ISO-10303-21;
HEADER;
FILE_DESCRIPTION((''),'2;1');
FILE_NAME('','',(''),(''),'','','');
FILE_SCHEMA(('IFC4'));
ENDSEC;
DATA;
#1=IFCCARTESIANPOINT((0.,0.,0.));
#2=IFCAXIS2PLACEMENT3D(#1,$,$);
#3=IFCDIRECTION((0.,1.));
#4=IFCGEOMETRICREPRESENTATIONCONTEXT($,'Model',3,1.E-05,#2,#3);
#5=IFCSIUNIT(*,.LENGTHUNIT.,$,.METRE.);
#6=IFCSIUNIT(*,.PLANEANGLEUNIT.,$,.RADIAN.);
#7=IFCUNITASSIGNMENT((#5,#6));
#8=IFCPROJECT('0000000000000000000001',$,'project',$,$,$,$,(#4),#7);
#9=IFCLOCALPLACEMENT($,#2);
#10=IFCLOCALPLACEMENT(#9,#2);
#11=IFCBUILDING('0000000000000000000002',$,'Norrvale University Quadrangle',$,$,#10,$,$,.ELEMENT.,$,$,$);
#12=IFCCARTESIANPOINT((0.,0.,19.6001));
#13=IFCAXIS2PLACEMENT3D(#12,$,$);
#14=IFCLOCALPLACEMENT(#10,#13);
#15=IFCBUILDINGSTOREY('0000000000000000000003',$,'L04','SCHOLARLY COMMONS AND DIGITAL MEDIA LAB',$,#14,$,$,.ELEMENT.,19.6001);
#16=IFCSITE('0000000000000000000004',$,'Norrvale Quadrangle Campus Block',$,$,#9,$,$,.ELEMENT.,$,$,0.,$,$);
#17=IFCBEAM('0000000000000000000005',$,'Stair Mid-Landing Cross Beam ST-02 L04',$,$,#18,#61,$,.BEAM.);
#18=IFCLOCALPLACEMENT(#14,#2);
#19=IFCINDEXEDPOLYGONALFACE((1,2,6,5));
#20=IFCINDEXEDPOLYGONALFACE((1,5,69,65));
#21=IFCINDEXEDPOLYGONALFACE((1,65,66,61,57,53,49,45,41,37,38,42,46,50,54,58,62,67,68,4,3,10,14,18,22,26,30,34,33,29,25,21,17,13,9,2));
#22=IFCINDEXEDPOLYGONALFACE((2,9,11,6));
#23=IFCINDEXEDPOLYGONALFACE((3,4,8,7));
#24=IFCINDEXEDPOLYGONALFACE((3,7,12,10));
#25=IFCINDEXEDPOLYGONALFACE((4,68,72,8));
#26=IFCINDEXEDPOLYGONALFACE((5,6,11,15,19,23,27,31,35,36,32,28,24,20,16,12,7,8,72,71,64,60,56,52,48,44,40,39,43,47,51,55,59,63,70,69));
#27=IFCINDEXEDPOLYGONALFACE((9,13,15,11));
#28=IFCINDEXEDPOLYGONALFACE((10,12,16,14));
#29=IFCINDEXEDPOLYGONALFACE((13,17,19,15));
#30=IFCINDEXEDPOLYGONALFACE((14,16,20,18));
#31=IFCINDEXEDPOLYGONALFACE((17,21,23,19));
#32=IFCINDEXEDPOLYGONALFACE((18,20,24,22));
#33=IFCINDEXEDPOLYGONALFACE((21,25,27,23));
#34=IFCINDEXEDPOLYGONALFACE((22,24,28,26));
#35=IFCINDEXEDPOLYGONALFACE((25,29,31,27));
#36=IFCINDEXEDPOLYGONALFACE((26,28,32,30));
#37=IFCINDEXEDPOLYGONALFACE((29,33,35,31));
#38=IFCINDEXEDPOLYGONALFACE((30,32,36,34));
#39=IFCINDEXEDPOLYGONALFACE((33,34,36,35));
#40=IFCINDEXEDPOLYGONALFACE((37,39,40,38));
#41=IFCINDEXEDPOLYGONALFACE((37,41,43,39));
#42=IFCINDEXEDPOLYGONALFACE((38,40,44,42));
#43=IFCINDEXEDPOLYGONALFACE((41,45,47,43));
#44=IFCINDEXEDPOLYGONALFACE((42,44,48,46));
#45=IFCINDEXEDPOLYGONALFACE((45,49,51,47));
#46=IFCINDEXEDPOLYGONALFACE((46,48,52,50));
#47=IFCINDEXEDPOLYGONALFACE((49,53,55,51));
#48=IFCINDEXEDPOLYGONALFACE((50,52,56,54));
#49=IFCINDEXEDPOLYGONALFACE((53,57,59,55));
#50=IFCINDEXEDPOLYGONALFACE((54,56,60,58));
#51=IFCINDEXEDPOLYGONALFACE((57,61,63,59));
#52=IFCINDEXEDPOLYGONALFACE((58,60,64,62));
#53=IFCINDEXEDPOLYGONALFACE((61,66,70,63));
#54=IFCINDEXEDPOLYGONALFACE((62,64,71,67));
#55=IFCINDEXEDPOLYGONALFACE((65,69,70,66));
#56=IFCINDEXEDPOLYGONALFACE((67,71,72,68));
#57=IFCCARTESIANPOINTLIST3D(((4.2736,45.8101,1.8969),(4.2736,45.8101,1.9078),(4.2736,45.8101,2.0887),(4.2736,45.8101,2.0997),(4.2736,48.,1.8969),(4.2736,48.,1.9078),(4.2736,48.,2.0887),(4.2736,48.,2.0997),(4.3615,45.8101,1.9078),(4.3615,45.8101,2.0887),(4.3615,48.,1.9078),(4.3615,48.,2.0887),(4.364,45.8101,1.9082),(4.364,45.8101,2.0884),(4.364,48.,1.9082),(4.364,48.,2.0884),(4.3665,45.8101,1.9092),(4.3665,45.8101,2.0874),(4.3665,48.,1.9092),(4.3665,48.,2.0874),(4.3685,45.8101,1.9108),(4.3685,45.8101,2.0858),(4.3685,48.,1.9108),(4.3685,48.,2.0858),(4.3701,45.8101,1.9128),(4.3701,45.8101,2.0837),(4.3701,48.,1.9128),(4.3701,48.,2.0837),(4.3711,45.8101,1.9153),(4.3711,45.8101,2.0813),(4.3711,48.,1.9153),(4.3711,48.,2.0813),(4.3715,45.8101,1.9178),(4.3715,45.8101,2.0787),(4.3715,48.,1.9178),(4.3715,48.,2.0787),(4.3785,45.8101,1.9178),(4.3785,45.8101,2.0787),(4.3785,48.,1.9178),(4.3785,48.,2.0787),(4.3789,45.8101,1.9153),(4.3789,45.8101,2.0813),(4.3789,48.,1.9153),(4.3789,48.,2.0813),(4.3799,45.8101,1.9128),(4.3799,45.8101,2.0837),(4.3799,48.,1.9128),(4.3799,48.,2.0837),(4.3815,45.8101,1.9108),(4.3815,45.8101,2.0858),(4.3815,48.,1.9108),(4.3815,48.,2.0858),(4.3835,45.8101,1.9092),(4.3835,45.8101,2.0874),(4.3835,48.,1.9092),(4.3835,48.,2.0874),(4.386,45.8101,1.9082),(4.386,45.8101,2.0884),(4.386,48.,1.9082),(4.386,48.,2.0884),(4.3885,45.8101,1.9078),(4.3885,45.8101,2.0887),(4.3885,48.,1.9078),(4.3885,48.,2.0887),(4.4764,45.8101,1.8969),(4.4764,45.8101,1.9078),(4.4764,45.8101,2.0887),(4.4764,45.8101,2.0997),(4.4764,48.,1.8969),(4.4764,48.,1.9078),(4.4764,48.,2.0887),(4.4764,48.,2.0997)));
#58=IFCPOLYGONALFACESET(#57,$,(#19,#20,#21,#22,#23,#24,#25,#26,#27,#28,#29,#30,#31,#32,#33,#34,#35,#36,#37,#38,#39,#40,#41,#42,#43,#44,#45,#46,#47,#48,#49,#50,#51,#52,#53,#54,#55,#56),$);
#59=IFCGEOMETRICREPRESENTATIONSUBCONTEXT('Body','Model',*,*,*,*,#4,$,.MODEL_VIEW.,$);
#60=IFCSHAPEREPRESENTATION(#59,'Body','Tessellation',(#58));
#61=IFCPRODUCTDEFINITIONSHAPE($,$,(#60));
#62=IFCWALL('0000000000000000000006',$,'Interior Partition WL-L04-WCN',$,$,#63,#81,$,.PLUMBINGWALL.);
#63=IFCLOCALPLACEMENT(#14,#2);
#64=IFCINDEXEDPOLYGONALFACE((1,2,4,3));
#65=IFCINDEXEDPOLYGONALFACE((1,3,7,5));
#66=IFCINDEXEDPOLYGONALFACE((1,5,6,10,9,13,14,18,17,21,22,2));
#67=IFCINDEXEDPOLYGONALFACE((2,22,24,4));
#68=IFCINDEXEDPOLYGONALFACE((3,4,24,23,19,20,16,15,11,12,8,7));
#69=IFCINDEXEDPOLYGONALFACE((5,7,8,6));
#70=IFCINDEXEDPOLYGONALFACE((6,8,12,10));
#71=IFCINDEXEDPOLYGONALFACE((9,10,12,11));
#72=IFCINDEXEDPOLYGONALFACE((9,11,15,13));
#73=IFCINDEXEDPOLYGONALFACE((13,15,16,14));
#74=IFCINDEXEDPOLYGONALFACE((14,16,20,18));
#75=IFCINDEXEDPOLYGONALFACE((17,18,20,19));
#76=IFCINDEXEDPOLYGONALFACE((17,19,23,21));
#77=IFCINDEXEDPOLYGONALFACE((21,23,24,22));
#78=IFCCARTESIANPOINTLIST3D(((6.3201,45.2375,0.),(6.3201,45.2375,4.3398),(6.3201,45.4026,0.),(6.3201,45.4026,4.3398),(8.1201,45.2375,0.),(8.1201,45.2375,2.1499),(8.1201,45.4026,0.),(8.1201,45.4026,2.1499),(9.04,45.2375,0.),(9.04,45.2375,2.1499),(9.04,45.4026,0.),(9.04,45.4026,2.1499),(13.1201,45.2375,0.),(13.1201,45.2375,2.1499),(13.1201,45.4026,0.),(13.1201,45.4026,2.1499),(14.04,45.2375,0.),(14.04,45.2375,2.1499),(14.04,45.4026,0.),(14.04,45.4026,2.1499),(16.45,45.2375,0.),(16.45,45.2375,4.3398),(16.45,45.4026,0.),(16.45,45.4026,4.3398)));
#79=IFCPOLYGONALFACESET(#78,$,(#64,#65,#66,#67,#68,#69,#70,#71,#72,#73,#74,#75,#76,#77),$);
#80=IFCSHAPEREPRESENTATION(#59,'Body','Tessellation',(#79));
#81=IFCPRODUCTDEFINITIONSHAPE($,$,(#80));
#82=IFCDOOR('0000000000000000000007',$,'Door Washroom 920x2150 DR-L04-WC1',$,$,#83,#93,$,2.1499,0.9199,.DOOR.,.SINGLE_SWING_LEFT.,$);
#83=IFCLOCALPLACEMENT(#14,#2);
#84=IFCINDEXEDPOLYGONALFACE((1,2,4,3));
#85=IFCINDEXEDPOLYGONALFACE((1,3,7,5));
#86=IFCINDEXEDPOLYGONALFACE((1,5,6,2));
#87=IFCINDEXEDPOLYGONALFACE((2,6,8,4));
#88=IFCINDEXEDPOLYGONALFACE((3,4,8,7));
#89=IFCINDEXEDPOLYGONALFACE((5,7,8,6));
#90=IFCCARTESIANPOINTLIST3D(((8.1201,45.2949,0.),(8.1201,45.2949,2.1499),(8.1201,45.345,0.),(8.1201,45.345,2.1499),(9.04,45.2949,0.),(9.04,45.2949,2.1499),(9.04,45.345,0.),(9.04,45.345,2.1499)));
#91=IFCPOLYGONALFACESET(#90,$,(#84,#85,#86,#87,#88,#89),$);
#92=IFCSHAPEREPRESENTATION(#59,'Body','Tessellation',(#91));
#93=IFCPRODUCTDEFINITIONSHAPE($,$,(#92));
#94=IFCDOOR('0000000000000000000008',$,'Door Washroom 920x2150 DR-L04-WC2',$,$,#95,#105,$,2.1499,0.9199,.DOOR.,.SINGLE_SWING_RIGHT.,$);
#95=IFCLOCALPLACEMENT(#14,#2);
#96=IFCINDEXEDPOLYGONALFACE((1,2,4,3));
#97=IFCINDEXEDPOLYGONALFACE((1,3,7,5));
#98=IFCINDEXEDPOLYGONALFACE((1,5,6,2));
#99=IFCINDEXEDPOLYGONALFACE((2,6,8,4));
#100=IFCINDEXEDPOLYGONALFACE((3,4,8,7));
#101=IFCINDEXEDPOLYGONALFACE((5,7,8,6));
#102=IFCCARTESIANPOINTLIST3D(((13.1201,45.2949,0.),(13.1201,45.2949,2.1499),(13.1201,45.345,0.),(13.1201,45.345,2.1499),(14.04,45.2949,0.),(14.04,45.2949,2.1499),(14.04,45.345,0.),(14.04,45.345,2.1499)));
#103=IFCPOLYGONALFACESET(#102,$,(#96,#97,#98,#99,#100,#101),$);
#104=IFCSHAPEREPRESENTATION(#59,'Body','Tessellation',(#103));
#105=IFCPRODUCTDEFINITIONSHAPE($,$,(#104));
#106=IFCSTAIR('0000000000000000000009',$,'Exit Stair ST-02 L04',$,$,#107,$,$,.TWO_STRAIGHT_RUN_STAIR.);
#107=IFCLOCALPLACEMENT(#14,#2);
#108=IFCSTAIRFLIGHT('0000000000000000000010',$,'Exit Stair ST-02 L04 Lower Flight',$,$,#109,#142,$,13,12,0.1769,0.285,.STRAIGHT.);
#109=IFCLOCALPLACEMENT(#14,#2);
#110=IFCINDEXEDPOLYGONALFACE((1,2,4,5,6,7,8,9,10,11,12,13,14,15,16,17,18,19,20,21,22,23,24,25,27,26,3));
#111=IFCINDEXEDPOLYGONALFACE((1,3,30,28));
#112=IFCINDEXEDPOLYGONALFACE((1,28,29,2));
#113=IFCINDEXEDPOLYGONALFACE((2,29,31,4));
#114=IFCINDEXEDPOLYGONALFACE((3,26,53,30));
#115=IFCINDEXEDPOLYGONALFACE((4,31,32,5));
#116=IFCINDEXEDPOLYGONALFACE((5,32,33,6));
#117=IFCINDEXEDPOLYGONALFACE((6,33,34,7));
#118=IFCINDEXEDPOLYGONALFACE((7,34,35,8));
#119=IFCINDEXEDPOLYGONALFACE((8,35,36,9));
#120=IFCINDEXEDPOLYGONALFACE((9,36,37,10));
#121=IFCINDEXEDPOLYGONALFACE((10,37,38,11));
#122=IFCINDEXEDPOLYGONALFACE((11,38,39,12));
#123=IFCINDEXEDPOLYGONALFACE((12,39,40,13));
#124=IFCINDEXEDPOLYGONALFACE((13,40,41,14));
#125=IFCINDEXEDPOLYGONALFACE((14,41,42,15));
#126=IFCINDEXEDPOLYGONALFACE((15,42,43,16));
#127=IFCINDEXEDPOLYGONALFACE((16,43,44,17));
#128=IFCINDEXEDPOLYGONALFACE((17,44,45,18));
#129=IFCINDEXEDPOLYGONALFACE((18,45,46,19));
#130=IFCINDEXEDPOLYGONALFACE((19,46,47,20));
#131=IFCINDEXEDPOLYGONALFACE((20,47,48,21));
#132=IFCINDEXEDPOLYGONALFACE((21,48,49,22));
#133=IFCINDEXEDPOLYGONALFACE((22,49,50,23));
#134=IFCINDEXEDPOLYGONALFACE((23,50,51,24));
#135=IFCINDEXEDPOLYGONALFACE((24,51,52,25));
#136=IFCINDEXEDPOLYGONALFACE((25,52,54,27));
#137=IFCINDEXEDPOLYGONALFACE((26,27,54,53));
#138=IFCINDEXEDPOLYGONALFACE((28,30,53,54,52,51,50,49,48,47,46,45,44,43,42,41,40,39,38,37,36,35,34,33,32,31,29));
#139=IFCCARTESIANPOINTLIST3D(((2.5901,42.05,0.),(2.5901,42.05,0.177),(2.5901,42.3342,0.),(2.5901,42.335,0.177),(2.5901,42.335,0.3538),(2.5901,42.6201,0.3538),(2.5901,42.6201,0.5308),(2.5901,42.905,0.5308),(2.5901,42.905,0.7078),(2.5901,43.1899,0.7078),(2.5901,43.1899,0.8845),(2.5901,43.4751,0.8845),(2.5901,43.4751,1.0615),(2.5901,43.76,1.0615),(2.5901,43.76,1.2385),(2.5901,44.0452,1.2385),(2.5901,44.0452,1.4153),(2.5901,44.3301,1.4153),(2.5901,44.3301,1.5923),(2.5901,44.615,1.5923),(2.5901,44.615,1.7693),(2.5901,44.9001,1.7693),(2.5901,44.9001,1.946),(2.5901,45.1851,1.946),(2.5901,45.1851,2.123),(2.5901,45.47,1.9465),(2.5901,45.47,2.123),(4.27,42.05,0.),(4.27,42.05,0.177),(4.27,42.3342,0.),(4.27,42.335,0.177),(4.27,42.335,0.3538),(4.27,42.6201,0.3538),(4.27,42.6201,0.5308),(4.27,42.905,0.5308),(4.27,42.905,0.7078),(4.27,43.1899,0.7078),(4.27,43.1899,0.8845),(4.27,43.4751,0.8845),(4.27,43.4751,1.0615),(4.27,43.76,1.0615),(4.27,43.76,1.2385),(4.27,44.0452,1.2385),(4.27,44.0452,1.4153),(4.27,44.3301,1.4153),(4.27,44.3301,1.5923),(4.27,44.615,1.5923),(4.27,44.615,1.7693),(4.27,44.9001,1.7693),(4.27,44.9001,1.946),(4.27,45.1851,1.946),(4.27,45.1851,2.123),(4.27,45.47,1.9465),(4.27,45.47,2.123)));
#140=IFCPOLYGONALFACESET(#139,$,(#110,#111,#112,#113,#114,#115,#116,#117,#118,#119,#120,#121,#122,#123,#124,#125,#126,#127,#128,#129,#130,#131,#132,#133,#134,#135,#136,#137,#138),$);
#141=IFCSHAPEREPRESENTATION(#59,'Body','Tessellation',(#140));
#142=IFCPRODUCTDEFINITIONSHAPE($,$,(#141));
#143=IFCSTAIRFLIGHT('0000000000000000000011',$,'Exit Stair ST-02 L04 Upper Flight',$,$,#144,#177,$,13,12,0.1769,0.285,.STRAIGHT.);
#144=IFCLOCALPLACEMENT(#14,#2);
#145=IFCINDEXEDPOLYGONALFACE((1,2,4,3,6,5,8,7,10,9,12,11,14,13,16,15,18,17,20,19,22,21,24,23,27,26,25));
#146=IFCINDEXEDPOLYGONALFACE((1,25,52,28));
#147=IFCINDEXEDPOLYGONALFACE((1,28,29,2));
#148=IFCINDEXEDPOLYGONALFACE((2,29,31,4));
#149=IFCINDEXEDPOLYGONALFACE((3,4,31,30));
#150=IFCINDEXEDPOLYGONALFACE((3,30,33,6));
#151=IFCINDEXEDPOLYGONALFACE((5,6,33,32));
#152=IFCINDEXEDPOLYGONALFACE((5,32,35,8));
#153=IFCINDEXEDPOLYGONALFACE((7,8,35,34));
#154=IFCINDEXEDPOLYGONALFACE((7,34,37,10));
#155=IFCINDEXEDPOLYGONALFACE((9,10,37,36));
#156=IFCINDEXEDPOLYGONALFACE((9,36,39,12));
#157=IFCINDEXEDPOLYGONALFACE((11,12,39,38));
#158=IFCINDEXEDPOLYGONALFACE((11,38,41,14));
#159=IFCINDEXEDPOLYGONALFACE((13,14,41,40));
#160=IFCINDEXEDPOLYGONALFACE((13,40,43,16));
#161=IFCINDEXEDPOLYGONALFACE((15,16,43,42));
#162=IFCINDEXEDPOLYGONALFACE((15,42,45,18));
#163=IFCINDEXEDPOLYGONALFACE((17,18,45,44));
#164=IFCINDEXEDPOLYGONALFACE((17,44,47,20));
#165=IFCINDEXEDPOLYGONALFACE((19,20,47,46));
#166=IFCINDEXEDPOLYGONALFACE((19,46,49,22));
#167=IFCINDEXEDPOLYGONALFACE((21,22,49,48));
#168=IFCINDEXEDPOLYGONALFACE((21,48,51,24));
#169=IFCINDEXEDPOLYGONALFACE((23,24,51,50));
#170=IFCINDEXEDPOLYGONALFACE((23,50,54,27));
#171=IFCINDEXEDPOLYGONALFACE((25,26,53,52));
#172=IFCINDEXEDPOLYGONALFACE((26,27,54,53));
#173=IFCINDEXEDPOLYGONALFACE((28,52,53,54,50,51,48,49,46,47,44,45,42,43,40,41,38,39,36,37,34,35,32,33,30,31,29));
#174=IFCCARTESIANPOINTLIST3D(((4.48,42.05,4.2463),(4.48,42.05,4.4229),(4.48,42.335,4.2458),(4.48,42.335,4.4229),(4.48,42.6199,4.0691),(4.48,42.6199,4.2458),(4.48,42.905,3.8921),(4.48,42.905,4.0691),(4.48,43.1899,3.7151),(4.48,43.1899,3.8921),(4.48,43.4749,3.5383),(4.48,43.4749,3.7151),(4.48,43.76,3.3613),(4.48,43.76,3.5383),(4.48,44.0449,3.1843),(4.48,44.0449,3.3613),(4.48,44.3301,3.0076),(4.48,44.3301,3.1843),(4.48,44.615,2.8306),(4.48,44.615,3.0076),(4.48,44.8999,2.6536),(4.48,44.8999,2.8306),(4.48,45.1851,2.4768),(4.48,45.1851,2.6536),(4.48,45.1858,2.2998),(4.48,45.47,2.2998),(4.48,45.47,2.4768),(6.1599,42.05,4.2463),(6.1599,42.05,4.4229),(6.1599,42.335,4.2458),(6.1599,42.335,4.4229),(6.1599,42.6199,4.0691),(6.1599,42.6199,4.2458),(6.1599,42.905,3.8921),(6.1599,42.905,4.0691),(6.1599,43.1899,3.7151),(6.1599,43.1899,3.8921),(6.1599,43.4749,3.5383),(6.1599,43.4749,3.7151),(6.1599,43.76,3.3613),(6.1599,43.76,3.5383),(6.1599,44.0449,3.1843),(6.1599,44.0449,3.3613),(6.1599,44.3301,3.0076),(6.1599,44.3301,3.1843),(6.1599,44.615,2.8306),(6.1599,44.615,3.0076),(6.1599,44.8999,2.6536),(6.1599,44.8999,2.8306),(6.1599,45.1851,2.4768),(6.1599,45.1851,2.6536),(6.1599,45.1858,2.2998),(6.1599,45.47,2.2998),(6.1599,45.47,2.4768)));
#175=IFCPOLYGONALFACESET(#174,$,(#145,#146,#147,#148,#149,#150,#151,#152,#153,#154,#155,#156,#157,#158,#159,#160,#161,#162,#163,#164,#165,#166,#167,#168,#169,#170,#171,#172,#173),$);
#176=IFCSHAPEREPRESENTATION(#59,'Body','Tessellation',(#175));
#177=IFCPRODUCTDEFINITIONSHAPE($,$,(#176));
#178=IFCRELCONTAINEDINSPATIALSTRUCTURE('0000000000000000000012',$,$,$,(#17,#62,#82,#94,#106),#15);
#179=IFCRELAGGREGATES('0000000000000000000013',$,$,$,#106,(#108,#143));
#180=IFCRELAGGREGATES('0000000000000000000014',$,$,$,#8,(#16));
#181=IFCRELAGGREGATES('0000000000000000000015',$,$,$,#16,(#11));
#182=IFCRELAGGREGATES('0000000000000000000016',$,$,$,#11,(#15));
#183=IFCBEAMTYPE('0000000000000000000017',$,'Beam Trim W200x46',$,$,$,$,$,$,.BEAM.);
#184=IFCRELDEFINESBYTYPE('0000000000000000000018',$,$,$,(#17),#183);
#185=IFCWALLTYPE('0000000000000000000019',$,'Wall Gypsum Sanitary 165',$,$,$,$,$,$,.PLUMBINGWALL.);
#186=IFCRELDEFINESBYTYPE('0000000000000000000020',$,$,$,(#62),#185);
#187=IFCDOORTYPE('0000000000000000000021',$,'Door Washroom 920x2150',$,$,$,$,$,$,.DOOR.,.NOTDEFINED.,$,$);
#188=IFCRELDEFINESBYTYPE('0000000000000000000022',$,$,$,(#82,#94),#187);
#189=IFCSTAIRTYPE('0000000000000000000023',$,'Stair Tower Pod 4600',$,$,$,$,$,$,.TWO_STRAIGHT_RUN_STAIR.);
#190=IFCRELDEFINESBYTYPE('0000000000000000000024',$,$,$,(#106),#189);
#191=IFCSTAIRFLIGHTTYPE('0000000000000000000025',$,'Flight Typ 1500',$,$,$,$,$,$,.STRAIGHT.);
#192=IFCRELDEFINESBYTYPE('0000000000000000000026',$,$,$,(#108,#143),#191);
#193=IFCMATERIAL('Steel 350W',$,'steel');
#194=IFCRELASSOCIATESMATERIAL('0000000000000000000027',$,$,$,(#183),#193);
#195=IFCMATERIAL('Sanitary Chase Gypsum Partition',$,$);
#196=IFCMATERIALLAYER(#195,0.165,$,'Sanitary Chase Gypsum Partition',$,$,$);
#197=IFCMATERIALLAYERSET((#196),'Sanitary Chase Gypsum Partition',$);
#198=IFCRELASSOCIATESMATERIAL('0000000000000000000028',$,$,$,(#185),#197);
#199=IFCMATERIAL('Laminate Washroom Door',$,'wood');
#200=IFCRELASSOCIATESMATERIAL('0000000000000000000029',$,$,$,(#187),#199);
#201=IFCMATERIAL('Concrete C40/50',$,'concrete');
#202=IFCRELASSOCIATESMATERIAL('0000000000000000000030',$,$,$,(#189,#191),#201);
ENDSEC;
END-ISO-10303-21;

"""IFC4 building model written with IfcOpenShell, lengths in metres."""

from ifc_helpers import new_model, si_unit, direction, frame, frame_2d, origin, origin_2d, place, context, subcontext, project, spatial, polyline, rectangle, i_section, outline, extrude, material, layer, layer_set, material_profile, profile_set, type_object, element, fill, aggregate, save


model = new_model("IFC4")

# Units and contexts
model_context = context("Model", 3, precision=1e-05, world=origin(), true_north=direction((0.0, 1.0)))
body_context = subcontext(model_context, "Body", "Model", "MODEL_VIEW")
ifc_project = project(units=[si_unit("LENGTHUNIT", "METRE"), si_unit("PLANEANGLEUNIT", "RADIAN")], contexts=[model_context])

# Site, building, storey
site_placement = place(None, origin())
site = spatial("IfcSite", under=ifc_project, at=site_placement, Name="Norrvale Quadrangle Campus Block", CompositionType="ELEMENT", RefElevation=0.0)
building_placement = place(site_placement, origin())
building = spatial("IfcBuilding", under=site, at=building_placement, Name="Norrvale University Quadrangle", CompositionType="ELEMENT")
storey_placement = place(building_placement, frame((0.0, 0.0, 19.6001)))
storey = spatial("IfcBuildingStorey", under=building, at=storey_placement, Name="L04", Description="SCHOLARLY COMMONS AND DIGITAL MEDIA LAB", CompositionType="ELEMENT", Elevation=19.6001)

# Beam
ifc_material_1 = material(Name="Steel 350W", Category="steel")
ifc_material_profile_1 = material_profile(ifc_material_1, i_section(OverallWidth=0.2029, OverallDepth=0.2029, WebThickness=0.0071, FlangeThickness=0.011, FilletRadius=0.01, at=origin_2d()), Name="Steel 350W")
ifc_profile_set_1 = profile_set([ifc_material_profile_1], Name="Steel 350W")
beam_type_1 = type_object("IfcBeamType", Name="Beam Trim W200x46", PredefinedType="BEAM", material=ifc_profile_set_1)
beam_1_placement = place(storey_placement, frame((4.375, 45.8101, 1.9983), z_axis=(0.0, 1.0, 0.0), x_axis=(-1.0, 0.0, 0.0)))
element("IfcBeam", 1, at=beam_1_placement, inside=storey, type_object=beam_type_1, Name="Stair Mid-Landing Cross Beam ST-02 L04", PredefinedType="BEAM", context=body_context, shape_type="SweptSolid", body=[
    extrude(i_section(OverallWidth=0.2029, OverallDepth=0.2029, WebThickness=0.0071, FlangeThickness=0.011, FilletRadius=0.01, at=origin_2d()), origin(), (0.0, 0.0, 1.0), 2.1899),
])

# Wall, openings, doors
ifc_material_2 = material(Name="Sanitary Chase Gypsum Partition")
ifc_layer_1 = layer(ifc_material_2, 0.165, Name="Sanitary Chase Gypsum Partition")
ifc_layer_set_1 = layer_set([ifc_layer_1], Name="Sanitary Chase Gypsum Partition")
wall_type = type_object("IfcWallType", Name="Wall Gypsum Sanitary 165", PredefinedType="PLUMBINGWALL", material=ifc_layer_set_1)
wall_placement = place(storey_placement, frame((6.3201, 45.3201, 0.0), z_axis=(0.0, 0.0, 1.0), x_axis=(1.0, 0.0, 0.0)))
wall = element("IfcWall", 2, at=wall_placement, inside=storey, type_object=wall_type, Name="Interior Partition WL-L04-WCN", PredefinedType="PLUMBINGWALL", context=body_context, shape_type="SweptSolid", body=[
    extrude(rectangle(XDim=10.1299, YDim=0.165, at=frame_2d((5.0649, 0.0))), origin(), (0.0, 0.0, 1.0), 4.3398),
])
opening_1_placement = place(wall_placement, frame((1.8, 0.0, 0.0)))
opening_1 = element("IfcOpeningElement", 3, at=opening_1_placement, cuts=wall, PredefinedType="OPENING", context=body_context, shape_type="SweptSolid", body=[
    extrude(rectangle(XDim=0.9199, YDim=2.1499, at=frame_2d((0.46, 1.075))), frame((0.0, 0.0945, 0.0), z_axis=(0.0, -1.0, 0.0), x_axis=(1.0, 0.0, 0.0)), (0.0, 0.0, 1.0), 0.189),
])
opening_2_placement = place(wall_placement, frame((6.8, 0.0, 0.0)))
opening_2 = element("IfcOpeningElement", 4, at=opening_2_placement, cuts=wall, PredefinedType="OPENING", context=body_context, shape_type="SweptSolid", body=[
    extrude(rectangle(XDim=0.9199, YDim=2.1499, at=frame_2d((0.46, 1.075))), frame((0.0, 0.0945, 0.0), z_axis=(0.0, -1.0, 0.0), x_axis=(1.0, 0.0, 0.0)), (0.0, 0.0, 1.0), 0.189),
])
ifc_material_3 = material(Name="Laminate Washroom Door", Category="wood")
door_type = type_object("IfcDoorType", Name="Door Washroom 920x2150", OperationType="NOTDEFINED", PredefinedType="DOOR", material=ifc_material_3)
door_1_placement = place(opening_1_placement, origin())
door_1 = element("IfcDoor", 5, at=door_1_placement, inside=storey, type_object=door_type, Name="Door Washroom 920x2150 DR-L04-WC1", OperationType="SINGLE_SWING_LEFT", OverallHeight=2.1499, OverallWidth=0.9199, PredefinedType="DOOR", context=body_context, shape_type="SweptSolid", body=[
    extrude(rectangle(XDim=0.9199, YDim=2.1499, at=frame_2d((0.46, 1.075))), frame((0.0, 0.0249, 0.0), z_axis=(0.0, -1.0, 0.0), x_axis=(1.0, 0.0, 0.0)), (0.0, 0.0, 1.0), 0.05),
])
fill(opening_1, door_1)
door_2_placement = place(opening_2_placement, origin())
door_2 = element("IfcDoor", 6, at=door_2_placement, inside=storey, type_object=door_type, Name="Door Washroom 920x2150 DR-L04-WC2", OperationType="SINGLE_SWING_RIGHT", OverallHeight=2.1499, OverallWidth=0.9199, PredefinedType="DOOR", context=body_context, shape_type="SweptSolid", body=[
    extrude(rectangle(XDim=0.9199, YDim=2.1499, at=frame_2d((0.46, 1.075))), frame((0.0, 0.0249, 0.0), z_axis=(0.0, -1.0, 0.0), x_axis=(1.0, 0.0, 0.0)), (0.0, 0.0, 1.0), 0.05),
])
fill(opening_2, door_2)

# Stair, stair flights
ifc_material_4 = material(Name="Concrete C40/50", Category="concrete")
stair_type = type_object("IfcStairType", Name="Stair Tower Pod 4600", PredefinedType="TWO_STRAIGHT_RUN_STAIR", material=ifc_material_4)
stair_placement = place(storey_placement, origin())
stair = element("IfcStair", 7, at=stair_placement, inside=storey, type_object=stair_type, Name="Exit Stair ST-02 L04", PredefinedType="TWO_STRAIGHT_RUN_STAIR")
stair_flight_type = type_object("IfcStairFlightType", Name="Flight Typ 1500", PredefinedType="STRAIGHT", material=ifc_material_4)
stair_flight_1_placement = place(storey_placement, frame((3.4299, 42.05, 0.0), z_axis=(0.0, 0.0, 1.0), x_axis=(0.0, 1.0, 0.0)))
stair_flight_1 = element("IfcStairFlight", 8, at=stair_flight_1_placement, type_object=stair_flight_type, Name="Exit Stair ST-02 L04 Lower Flight", NumberOfRisers=13, NumberOfTreads=12, PredefinedType="STRAIGHT", RiserHeight=0.1769, TreadLength=0.285, context=body_context, shape_type="SweptSolid", body=[
    extrude(outline(polyline([(0.0, 0.0), (0.0, 0.177), (0.2849, 0.177), (0.2849, 0.3538), (0.5701, 0.3538), (0.5701, 0.5308), (0.855, 0.5308), (0.855, 0.7078), (1.1399, 0.7078), (1.1399, 0.8845), (1.425, 0.8845), (1.425, 1.0615), (1.71, 1.0615), (1.71, 1.2385), (1.9951, 1.2385), (1.9951, 1.4153), (2.28, 1.4153), (2.28, 1.5923), (2.5649, 1.5923), (2.5649, 1.7693), (2.8501, 1.7693), (2.8501, 1.946), (3.135, 1.946), (3.135, 2.123), (3.4199, 2.123), (3.4199, 2.3), (3.4199, 1.9465), (0.2842, 0.0), (0.0, 0.0)])), frame((0.0, 0.8398, 0.0), z_axis=(0.0, -1.0, 0.0), x_axis=(1.0, 0.0, 0.0)), (0.0, 0.0, 1.0), 1.6799),
])
stair_flight_2_placement = place(storey_placement, frame((5.3201, 45.47, 2.2998), z_axis=(0.0, 0.0, 1.0), x_axis=(0.0, -1.0, 0.0)))
stair_flight_2 = element("IfcStairFlight", 9, at=stair_flight_2_placement, type_object=stair_flight_type, Name="Exit Stair ST-02 L04 Upper Flight", NumberOfRisers=13, NumberOfTreads=12, PredefinedType="STRAIGHT", RiserHeight=0.1769, TreadLength=0.285, context=body_context, shape_type="SweptSolid", body=[
    extrude(outline(polyline([(0.0, 0.0), (0.0, 0.177), (0.2849, 0.177), (0.2849, 0.3538), (0.5701, 0.3538), (0.5701, 0.5308), (0.855, 0.5308), (0.855, 0.7078), (1.1399, 0.7078), (1.1399, 0.8845), (1.425, 0.8845), (1.425, 1.0615), (1.71, 1.0615), (1.71, 1.2385), (1.9951, 1.2385), (1.9951, 1.4153), (2.28, 1.4153), (2.28, 1.5923), (2.5649, 1.5923), (2.5649, 1.7693), (2.8501, 1.7693), (2.8501, 1.946), (3.135, 1.946), (3.135, 2.123), (3.4199, 2.123), (3.4199, 2.3), (3.4199, 1.9465), (0.2842, 0.0), (0.0, 0.0)])), frame((0.0, 0.8398, 0.0), z_axis=(0.0, -1.0, 0.0), x_axis=(1.0, 0.0, 0.0)), (0.0, 0.0, 1.0), 1.6799),
])
aggregate(stair, [stair_flight_1, stair_flight_2])

save(model, "model.ifc")
